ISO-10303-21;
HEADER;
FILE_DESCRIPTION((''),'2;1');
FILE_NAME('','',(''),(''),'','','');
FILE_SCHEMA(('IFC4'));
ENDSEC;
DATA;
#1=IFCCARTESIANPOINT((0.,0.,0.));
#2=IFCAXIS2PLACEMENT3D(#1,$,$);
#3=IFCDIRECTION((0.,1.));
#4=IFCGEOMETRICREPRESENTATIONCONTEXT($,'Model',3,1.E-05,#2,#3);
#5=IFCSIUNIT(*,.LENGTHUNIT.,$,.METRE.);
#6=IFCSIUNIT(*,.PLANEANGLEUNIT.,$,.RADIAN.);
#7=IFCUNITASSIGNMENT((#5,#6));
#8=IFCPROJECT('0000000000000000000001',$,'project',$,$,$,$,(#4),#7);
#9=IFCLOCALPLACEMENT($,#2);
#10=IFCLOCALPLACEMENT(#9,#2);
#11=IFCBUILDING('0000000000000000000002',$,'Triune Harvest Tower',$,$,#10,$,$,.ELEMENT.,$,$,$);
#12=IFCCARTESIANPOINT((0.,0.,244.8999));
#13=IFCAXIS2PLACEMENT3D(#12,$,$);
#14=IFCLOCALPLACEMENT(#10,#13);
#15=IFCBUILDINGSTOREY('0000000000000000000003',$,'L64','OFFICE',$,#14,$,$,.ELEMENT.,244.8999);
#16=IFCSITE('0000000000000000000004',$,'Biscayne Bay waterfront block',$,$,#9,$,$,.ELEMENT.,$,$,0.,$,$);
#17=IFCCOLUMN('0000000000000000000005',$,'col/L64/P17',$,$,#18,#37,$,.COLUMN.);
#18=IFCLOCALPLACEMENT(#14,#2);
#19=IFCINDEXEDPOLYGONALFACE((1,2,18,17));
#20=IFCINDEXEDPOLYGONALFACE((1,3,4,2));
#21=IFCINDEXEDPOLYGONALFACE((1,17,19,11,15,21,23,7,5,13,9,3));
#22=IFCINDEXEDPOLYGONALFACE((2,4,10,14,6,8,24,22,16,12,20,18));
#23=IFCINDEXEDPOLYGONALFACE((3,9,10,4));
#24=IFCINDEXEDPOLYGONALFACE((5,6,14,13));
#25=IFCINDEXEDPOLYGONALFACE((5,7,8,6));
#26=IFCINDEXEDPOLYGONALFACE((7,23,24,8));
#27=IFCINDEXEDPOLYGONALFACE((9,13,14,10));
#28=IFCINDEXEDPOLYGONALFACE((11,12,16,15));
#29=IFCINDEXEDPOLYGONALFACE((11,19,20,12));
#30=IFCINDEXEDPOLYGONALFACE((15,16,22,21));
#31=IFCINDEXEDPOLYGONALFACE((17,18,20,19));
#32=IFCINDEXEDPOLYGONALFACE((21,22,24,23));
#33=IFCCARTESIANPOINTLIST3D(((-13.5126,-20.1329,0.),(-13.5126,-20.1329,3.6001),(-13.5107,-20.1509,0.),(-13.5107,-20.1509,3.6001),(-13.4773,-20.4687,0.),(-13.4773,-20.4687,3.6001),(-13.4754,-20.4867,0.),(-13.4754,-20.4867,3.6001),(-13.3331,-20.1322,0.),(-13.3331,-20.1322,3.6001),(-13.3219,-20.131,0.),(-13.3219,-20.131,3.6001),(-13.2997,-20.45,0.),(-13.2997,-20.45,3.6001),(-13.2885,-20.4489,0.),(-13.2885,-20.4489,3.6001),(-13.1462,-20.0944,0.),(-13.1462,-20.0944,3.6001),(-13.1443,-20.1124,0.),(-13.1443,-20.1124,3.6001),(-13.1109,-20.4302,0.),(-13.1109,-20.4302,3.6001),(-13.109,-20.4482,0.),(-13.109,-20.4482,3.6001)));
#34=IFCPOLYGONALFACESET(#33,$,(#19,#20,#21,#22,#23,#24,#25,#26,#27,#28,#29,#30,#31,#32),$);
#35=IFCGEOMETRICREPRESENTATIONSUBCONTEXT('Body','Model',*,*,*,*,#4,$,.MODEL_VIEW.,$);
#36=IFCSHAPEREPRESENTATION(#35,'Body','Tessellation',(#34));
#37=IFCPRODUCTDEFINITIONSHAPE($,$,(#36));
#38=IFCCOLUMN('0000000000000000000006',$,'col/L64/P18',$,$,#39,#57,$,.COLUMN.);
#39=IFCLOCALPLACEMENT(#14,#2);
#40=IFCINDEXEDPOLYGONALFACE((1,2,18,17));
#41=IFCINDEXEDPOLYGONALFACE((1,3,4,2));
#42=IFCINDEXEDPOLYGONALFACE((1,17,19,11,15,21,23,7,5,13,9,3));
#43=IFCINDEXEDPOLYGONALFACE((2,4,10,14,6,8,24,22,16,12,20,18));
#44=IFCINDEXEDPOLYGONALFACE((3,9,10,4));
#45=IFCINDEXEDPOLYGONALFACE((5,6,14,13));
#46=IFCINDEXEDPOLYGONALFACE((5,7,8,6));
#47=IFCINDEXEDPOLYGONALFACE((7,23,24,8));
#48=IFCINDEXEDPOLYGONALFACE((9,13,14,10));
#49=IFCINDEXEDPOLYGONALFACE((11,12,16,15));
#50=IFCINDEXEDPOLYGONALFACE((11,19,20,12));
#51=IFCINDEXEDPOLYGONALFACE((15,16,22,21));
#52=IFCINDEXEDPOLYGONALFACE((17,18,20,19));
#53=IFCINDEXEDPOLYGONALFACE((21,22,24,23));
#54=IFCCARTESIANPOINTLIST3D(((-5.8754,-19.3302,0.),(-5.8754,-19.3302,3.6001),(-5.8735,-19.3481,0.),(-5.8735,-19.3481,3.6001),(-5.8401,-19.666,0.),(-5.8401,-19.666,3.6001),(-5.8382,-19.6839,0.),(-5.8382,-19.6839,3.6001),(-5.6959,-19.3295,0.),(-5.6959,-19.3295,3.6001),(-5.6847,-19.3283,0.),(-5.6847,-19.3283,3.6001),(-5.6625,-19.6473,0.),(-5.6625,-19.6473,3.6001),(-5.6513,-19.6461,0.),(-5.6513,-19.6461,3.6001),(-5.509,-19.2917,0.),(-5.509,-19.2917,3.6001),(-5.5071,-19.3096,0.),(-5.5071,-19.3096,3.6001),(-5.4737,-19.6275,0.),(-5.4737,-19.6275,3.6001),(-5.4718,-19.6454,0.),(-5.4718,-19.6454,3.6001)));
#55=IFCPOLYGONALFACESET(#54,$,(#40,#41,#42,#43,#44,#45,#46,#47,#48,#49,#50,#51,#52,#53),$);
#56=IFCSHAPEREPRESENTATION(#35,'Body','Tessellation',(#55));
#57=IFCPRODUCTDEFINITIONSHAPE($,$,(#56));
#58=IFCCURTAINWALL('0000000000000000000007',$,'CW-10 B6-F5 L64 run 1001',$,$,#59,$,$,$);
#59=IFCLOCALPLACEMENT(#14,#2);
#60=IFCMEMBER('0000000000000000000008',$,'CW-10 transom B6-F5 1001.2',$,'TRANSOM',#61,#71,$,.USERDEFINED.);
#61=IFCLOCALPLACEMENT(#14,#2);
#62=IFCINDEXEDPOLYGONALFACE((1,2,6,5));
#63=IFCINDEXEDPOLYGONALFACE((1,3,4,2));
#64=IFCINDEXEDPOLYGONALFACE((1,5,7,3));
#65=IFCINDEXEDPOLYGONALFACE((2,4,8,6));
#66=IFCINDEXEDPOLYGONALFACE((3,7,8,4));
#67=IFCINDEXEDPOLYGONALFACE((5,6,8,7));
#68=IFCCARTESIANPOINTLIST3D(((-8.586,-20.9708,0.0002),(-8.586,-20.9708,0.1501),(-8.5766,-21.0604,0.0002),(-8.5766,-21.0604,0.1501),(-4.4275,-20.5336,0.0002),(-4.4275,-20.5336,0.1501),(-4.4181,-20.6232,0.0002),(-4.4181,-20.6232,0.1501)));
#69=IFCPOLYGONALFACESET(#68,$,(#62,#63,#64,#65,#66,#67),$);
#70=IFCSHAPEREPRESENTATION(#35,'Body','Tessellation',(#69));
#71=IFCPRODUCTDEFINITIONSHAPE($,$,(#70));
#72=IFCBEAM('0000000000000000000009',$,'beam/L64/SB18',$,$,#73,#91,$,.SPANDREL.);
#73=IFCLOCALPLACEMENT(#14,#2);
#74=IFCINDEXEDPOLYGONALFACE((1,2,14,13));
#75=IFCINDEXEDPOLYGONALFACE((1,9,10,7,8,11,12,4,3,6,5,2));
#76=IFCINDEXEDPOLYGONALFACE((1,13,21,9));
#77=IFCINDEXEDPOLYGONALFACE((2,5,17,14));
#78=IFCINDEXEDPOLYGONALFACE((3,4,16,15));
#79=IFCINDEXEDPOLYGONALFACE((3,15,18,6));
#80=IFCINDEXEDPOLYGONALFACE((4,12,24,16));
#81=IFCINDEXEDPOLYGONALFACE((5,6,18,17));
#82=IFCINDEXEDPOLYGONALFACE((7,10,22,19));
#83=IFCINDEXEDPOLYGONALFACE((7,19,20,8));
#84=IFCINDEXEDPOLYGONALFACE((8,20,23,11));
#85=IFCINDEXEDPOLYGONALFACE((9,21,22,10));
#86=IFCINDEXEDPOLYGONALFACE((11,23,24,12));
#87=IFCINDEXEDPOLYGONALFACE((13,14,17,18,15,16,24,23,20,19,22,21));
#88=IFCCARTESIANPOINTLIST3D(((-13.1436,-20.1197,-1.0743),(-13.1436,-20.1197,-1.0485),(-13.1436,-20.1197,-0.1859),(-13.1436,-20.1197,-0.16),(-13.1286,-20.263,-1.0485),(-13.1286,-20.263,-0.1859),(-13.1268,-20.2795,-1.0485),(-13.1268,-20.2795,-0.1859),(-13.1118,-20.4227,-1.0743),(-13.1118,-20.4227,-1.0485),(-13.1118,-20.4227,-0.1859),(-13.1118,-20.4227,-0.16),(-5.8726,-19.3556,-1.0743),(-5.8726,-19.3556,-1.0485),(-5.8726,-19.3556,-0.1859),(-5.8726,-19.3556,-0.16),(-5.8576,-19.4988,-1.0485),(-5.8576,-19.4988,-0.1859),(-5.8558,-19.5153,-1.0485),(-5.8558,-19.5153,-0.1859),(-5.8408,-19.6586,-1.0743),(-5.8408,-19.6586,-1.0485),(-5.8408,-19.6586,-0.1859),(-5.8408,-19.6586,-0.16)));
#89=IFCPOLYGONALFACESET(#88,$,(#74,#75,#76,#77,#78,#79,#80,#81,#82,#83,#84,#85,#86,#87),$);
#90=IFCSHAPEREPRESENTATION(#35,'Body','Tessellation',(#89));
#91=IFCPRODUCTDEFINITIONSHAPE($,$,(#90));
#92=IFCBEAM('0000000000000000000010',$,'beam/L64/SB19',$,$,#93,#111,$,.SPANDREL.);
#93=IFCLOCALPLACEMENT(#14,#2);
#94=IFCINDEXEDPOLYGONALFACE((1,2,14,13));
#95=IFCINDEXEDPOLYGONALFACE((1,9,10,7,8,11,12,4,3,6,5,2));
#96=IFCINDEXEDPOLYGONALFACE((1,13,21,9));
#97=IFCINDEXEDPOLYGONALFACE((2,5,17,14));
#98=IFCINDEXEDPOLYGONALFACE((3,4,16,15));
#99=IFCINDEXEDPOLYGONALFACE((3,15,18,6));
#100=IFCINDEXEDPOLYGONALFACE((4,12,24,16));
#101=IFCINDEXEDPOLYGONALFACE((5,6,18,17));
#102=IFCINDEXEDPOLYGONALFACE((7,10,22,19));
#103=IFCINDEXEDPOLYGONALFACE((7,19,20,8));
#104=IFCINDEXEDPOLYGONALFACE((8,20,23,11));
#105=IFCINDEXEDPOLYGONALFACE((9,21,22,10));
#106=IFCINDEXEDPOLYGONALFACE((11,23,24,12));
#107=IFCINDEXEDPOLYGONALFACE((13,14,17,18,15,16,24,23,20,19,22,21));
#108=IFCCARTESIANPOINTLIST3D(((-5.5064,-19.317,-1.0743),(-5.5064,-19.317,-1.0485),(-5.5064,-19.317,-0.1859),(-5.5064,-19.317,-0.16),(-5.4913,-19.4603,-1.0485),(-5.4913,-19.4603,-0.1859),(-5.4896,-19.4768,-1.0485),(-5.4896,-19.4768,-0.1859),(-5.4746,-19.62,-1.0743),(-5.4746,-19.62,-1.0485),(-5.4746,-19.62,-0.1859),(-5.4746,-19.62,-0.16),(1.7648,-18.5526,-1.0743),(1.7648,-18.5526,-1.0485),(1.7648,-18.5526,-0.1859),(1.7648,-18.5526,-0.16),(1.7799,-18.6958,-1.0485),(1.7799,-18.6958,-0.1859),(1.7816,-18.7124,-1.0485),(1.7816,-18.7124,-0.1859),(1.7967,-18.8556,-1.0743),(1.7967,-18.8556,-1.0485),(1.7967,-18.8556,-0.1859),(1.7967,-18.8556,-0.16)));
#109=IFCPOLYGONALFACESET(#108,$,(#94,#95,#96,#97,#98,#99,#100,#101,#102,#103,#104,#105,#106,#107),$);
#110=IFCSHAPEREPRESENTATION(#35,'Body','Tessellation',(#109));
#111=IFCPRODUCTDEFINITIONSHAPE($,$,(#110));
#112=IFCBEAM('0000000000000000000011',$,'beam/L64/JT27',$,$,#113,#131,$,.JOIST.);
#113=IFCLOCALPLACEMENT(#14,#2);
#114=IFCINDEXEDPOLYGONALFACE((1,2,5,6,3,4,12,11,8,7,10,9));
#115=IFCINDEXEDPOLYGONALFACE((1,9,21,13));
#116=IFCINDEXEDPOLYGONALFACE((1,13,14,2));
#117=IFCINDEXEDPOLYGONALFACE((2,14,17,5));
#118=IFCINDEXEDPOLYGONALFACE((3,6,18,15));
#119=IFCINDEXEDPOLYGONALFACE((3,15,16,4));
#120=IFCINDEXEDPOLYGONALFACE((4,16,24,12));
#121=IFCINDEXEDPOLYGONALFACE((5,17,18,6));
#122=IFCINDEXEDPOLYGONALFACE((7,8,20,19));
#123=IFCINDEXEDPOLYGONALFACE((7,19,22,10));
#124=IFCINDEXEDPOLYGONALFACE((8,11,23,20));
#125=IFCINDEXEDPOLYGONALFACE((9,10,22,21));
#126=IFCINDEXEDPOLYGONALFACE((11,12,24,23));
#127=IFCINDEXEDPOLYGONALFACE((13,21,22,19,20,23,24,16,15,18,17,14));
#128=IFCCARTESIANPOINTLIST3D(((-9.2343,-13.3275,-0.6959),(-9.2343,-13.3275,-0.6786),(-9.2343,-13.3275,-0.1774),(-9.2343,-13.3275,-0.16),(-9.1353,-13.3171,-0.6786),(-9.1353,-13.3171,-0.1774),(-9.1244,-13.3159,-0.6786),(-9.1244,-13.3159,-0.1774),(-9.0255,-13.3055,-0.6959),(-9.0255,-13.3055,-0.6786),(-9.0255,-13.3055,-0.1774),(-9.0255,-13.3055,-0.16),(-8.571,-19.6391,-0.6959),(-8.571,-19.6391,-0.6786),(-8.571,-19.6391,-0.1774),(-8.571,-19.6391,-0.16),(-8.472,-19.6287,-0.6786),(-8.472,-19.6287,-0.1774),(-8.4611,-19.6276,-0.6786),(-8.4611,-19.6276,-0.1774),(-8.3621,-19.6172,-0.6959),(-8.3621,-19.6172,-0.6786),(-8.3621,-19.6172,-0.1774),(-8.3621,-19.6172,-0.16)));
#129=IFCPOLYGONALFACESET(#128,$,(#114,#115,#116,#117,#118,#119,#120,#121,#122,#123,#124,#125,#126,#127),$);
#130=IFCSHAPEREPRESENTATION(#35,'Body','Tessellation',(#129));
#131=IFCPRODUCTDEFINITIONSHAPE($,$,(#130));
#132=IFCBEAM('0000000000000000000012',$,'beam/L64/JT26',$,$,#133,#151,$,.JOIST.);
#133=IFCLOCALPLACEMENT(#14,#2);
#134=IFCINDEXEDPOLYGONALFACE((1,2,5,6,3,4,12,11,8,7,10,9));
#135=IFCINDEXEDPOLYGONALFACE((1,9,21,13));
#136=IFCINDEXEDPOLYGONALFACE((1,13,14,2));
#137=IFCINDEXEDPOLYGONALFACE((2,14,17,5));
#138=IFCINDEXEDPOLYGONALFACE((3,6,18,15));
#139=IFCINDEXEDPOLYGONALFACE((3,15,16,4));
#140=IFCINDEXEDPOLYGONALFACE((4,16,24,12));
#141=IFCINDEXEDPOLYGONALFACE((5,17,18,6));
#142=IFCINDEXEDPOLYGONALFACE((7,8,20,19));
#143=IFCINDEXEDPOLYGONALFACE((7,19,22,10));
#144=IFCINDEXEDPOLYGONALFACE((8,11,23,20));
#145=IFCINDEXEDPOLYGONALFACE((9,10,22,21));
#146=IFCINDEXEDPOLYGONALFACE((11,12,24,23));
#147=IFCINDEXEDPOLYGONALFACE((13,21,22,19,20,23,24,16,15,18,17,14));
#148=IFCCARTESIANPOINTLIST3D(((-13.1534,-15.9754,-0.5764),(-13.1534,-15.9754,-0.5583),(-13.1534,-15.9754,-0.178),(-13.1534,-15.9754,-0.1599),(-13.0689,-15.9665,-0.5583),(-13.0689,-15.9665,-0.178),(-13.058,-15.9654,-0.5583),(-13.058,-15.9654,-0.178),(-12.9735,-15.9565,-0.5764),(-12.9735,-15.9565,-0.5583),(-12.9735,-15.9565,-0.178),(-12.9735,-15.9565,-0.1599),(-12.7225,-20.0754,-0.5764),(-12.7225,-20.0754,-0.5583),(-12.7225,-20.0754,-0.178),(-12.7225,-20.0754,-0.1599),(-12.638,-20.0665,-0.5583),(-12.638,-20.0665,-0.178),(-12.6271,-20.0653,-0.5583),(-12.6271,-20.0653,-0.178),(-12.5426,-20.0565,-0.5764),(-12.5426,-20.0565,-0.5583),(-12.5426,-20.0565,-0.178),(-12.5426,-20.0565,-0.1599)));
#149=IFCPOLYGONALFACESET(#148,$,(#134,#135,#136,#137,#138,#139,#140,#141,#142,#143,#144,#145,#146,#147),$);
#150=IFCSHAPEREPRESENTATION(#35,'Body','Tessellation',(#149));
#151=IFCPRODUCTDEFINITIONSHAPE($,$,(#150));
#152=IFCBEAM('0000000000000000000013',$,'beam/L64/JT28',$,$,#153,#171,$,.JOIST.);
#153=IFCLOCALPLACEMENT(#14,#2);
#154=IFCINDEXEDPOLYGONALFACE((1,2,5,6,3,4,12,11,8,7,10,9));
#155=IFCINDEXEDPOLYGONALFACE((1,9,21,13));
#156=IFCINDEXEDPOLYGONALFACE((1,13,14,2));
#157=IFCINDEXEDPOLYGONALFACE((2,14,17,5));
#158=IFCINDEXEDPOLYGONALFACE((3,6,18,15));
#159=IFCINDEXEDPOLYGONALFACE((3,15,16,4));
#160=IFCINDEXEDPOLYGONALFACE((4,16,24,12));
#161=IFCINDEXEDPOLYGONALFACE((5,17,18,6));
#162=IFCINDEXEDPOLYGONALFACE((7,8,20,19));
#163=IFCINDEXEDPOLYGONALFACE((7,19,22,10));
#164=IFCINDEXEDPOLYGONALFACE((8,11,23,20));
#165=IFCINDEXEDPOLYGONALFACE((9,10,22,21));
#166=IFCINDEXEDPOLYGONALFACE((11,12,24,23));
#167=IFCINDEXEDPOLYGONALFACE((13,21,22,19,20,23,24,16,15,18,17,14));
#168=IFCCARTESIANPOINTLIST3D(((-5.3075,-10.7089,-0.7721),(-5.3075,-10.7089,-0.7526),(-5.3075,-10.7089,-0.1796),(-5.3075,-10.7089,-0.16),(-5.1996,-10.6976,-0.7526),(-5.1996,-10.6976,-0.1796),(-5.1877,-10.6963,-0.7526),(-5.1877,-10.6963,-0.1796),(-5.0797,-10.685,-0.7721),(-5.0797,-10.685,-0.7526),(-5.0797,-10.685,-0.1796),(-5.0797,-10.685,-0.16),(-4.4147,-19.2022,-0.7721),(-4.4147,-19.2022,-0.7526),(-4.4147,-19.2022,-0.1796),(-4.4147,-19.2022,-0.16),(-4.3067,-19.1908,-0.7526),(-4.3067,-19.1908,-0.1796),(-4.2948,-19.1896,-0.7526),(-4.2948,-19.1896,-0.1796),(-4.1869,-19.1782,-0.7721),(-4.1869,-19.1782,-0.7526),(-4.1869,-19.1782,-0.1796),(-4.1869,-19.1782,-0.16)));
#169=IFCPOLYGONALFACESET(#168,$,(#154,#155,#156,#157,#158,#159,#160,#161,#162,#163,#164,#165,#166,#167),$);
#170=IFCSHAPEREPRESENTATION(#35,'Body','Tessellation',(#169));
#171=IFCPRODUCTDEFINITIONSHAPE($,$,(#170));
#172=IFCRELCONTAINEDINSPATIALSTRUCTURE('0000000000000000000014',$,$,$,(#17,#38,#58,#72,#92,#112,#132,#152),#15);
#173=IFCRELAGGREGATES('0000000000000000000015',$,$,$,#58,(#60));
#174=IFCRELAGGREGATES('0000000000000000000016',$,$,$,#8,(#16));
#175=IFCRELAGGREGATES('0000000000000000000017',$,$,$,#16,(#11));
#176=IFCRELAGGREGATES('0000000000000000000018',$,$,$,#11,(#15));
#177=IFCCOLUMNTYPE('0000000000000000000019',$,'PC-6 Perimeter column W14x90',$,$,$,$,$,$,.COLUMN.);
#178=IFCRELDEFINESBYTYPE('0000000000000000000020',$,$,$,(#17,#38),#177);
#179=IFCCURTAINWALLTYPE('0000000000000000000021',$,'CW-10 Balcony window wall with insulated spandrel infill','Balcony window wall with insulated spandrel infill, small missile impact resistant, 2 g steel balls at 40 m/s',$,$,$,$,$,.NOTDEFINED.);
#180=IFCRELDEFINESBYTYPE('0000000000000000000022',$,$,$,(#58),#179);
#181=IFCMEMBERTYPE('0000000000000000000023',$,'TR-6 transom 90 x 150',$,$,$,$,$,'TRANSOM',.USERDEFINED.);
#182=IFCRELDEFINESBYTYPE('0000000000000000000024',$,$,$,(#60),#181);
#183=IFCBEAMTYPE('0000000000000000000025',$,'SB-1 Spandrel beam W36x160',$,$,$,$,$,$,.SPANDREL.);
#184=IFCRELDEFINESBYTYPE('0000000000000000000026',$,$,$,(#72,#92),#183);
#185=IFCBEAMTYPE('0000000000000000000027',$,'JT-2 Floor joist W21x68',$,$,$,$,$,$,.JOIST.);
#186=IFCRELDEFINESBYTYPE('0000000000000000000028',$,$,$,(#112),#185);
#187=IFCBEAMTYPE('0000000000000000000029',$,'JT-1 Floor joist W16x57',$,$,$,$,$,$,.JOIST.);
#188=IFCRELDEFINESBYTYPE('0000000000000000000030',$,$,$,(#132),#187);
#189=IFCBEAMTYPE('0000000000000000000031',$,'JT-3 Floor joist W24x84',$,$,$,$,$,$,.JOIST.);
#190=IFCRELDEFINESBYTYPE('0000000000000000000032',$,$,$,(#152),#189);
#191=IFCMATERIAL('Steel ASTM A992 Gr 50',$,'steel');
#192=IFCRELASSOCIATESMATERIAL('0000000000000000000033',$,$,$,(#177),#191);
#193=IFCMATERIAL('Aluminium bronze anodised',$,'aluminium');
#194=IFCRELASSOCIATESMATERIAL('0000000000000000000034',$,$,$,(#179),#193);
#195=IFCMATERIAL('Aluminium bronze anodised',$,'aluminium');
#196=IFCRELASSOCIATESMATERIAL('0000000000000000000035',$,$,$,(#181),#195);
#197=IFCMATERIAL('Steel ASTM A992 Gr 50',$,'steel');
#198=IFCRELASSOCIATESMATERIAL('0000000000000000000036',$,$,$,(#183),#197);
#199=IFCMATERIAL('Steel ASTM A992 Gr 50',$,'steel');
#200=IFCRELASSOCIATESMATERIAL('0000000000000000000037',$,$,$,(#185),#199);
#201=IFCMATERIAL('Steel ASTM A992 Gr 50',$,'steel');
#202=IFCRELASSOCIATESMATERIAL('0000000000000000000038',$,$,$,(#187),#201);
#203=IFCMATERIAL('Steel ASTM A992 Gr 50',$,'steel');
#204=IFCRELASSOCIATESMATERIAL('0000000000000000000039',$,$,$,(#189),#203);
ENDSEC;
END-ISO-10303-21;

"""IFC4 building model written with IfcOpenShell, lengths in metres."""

from ifc_helpers import new_model, si_unit, direction, frame, origin, origin_2d, place, context, subcontext, project, spatial, rectangle, i_section, extrude, source, transform, mapped, material, material_profile, profile_set, type_object, element, aggregate, save


model = new_model("IFC4")

# Units and contexts
model_context = context("Model", 3, precision=1e-05, world=origin(), true_north=direction((0.0, 1.0)))
body_context = subcontext(model_context, "Body", "Model", "MODEL_VIEW")
ifc_project = project(units=[si_unit("LENGTHUNIT", "METRE"), si_unit("PLANEANGLEUNIT", "RADIAN")], contexts=[model_context])

# Site, building, storey
site_placement = place(None, origin())
site = spatial("IfcSite", under=ifc_project, at=site_placement, Name="Biscayne Bay waterfront block", CompositionType="ELEMENT", RefElevation=0.0)
building_placement = place(site_placement, origin())
building = spatial("IfcBuilding", under=site, at=building_placement, Name="Triune Harvest Tower", CompositionType="ELEMENT")
storey_placement = place(building_placement, frame((0.0, 0.0, 244.8999)))
storey = spatial("IfcBuildingStorey", under=building, at=storey_placement, Name="L64", Description="OFFICE", CompositionType="ELEMENT", Elevation=244.8999)

# Columns
ifc_material_1 = material(Name="Steel ASTM A992 Gr 50", Category="steel")
ifc_material_profile_1 = material_profile(ifc_material_1, i_section(OverallWidth=0.3684, OverallDepth=0.3557, WebThickness=0.0112, FlangeThickness=0.0181, at=origin_2d()), Name="W14x90")
ifc_profile_set_1 = profile_set([ifc_material_profile_1], Name="Steel ASTM A992 Gr 50")
column_type = type_object("IfcColumnType", Name="PC-6 Perimeter column W14x90", PredefinedType="COLUMN", material=ifc_profile_set_1)
shared_shape_1 = source(origin(), body_context, "Body", "SweptSolid", [
    extrude(i_section(OverallWidth=0.3684, OverallDepth=0.3557, WebThickness=0.0112, FlangeThickness=0.0181, at=origin_2d()), origin(), (0.0, 0.0, 1.0), 3.6001),
])
for number, where, z_axis, x_axis, name in (
    (1, (-13.3108, -20.2905, 0.0), (0.0, 0.0, 1.0), (0.994522, 0.10453, 0.0), "col/L64/P17"),
    (2, (-5.6736, -19.4878, 0.0), (0.0, 0.0, 1.0), (0.994522, 0.10453, 0.0), "col/L64/P18"),
):
    element("IfcColumn", number, at=place(storey_placement, frame(where, z_axis=z_axis, x_axis=x_axis)), inside=storey, type_object=column_type, Name=name, PredefinedType="COLUMN", context=body_context, shape_type="MappedRepresentation", body=[
        mapped(shared_shape_1, transform((0.0, 0.0, 0.0), scale=1.0)),
    ])

# Curtain wall, member
ifc_material_2 = material(Name="Aluminium bronze anodised", Category="aluminium")
curtain_wall_type_1 = type_object("IfcCurtainWallType", Name="CW-10 Balcony window wall with insulated spandrel infill", Description="Balcony window wall with insulated spandrel infill, small missile impact resistant, 2 g steel balls at 40 m/s", PredefinedType="NOTDEFINED", material=ifc_material_2)
curtain_wall_1_placement = place(storey_placement, origin())
curtain_wall_1 = element("IfcCurtainWall", 3, at=curtain_wall_1_placement, inside=storey, type_object=curtain_wall_type_1, Name="CW-10 B6-F5 L64 run 1001")
ifc_material_3 = material(Name="Aluminium bronze anodised", Category="aluminium")
ifc_material_profile_2 = material_profile(ifc_material_3, rectangle(XDim=0.0901, YDim=0.1499, at=origin_2d()), Name="TR-6 transom 90 x 150")
ifc_profile_set_2 = profile_set([ifc_material_profile_2], Name="Aluminium bronze anodised")
member_type_1 = type_object("IfcMemberType", Name="TR-6 transom 90 x 150", ElementType="TRANSOM", PredefinedType="USERDEFINED", material=ifc_profile_set_2)
member_1_placement = place(storey_placement, frame((-8.5813, -21.0156, 0.0752), z_axis=(0.994517, 0.104572, 0.0), x_axis=(-0.104572, 0.994517, 0.0)))
member_1 = element("IfcMember", 4, at=member_1_placement, type_object=member_type_1, Name="CW-10 transom B6-F5 1001.2", ObjectType="TRANSOM", PredefinedType="USERDEFINED", context=body_context, shape_type="SweptSolid", body=[
    extrude(rectangle(XDim=0.0901, YDim=0.1499, at=origin_2d()), origin(), (0.0, 0.0, 1.0), 4.1814),
])

# Beams
ifc_material_4 = material(Name="Steel ASTM A992 Gr 50", Category="steel")
ifc_material_profile_3 = material_profile(ifc_material_4, i_section(OverallWidth=0.3047, OverallDepth=0.9143, WebThickness=0.0166, FlangeThickness=0.0259, at=origin_2d()), Name="W36x160")
ifc_profile_set_3 = profile_set([ifc_material_profile_3], Name="Steel ASTM A992 Gr 50")
beam_type_1 = type_object("IfcBeamType", Name="SB-1 Spandrel beam W36x160", PredefinedType="SPANDREL", material=ifc_profile_set_3)
shared_shape_2 = source(origin(), body_context, "Body", "SweptSolid", [
    extrude(i_section(OverallWidth=0.3047, OverallDepth=0.9143, WebThickness=0.0166, FlangeThickness=0.0259, at=origin_2d()), origin(), (0.0, 0.0, 1.0), 7.311),
])
beam_1_placement = place(storey_placement, frame((-13.1277, -20.2712, -0.6172), z_axis=(0.994523, 0.104521, 0.0), x_axis=(-0.104521, 0.994523, 0.0)))
element("IfcBeam", 5, at=beam_1_placement, inside=storey, type_object=beam_type_1, Name="beam/L64/SB18", PredefinedType="SPANDREL", context=body_context, shape_type="MappedRepresentation", body=[
    mapped(shared_shape_2, transform((0.0, 0.0, 0.0), scale=1.0)),
])
shared_shape_3 = source(origin(), body_context, "Body", "SweptSolid", [
    extrude(i_section(OverallWidth=0.3047, OverallDepth=0.9143, WebThickness=0.0166, FlangeThickness=0.0259, at=origin_2d()), origin(), (0.0, 0.0, 1.0), 7.3113),
])
beam_2_placement = place(storey_placement, frame((-5.4905, -19.4685, -0.6172), z_axis=(0.99452, 0.104551, 0.0), x_axis=(-0.104551, 0.99452, 0.0)))
element("IfcBeam", 6, at=beam_2_placement, inside=storey, type_object=beam_type_1, Name="beam/L64/SB19", PredefinedType="SPANDREL", context=body_context, shape_type="MappedRepresentation", body=[
    mapped(shared_shape_3, transform((0.0, 0.0, 0.0), scale=1.0)),
])
ifc_material_5 = material(Name="Steel ASTM A992 Gr 50", Category="steel")
ifc_material_profile_4 = material_profile(ifc_material_5, i_section(OverallWidth=0.21, OverallDepth=0.5359, WebThickness=0.011, FlangeThickness=0.0173, at=origin_2d()), Name="W21x68")
ifc_profile_set_4 = profile_set([ifc_material_profile_4], Name="Steel ASTM A992 Gr 50")
beam_type_2 = type_object("IfcBeamType", Name="JT-2 Floor joist W21x68", PredefinedType="JOIST", material=ifc_profile_set_4)
shared_shape_4 = source(origin(), body_context, "Body", "SweptSolid", [
    extrude(i_section(OverallWidth=0.21, OverallDepth=0.5359, WebThickness=0.011, FlangeThickness=0.0173, at=origin_2d()), origin(), (0.0, 0.0, 1.0), 6.3464),
])
beam_3_placement = place(storey_placement, frame((-8.4666, -19.6282, -0.428), z_axis=(-0.104519, 0.994523, 0.0), x_axis=(-0.994523, -0.104519, 0.0)))
element("IfcBeam", 7, at=beam_3_placement, inside=storey, type_object=beam_type_2, Name="beam/L64/JT27", PredefinedType="JOIST", context=body_context, shape_type="MappedRepresentation", body=[
    mapped(shared_shape_4, transform((0.0, 0.0, 0.0), scale=1.0)),
])
ifc_material_6 = material(Name="Steel ASTM A992 Gr 50", Category="steel")
ifc_material_profile_5 = material_profile(ifc_material_6, i_section(OverallWidth=0.1809, OverallDepth=0.4165, WebThickness=0.011, FlangeThickness=0.0181, at=origin_2d()), Name="W16x57")
ifc_profile_set_5 = profile_set([ifc_material_profile_5], Name="Steel ASTM A992 Gr 50")
beam_type_3 = type_object("IfcBeamType", Name="JT-1 Floor joist W16x57", PredefinedType="JOIST", material=ifc_profile_set_5)
shared_shape_5 = source(origin(), body_context, "Body", "SweptSolid", [
    extrude(i_section(OverallWidth=0.1809, OverallDepth=0.4165, WebThickness=0.011, FlangeThickness=0.0181, at=origin_2d()), origin(), (0.0, 0.0, 1.0), 4.1226),
])
beam_4_placement = place(storey_placement, frame((-12.6326, -20.0659, -0.3682), z_axis=(-0.104521, 0.994523, 0.0), x_axis=(-0.994523, -0.104521, 0.0)))
element("IfcBeam", 8, at=beam_4_placement, inside=storey, type_object=beam_type_3, Name="beam/L64/JT26", PredefinedType="JOIST", context=body_context, shape_type="MappedRepresentation", body=[
    mapped(shared_shape_5, transform((0.0, 0.0, 0.0), scale=1.0)),
])
ifc_material_7 = material(Name="Steel ASTM A992 Gr 50", Category="steel")
ifc_material_profile_6 = material_profile(ifc_material_7, i_section(OverallWidth=0.229, OverallDepth=0.6121, WebThickness=0.012, FlangeThickness=0.0195, at=origin_2d()), Name="W24x84")
ifc_profile_set_6 = profile_set([ifc_material_profile_6], Name="Steel ASTM A992 Gr 50")
beam_type_4 = type_object("IfcBeamType", Name="JT-3 Floor joist W24x84", PredefinedType="JOIST", material=ifc_profile_set_6)
shared_shape_6 = source(origin(), body_context, "Body", "SweptSolid", [
    extrude(i_section(OverallWidth=0.229, OverallDepth=0.6121, WebThickness=0.012, FlangeThickness=0.0195, at=origin_2d()), origin(), (0.0, 0.0, 1.0), 8.54),
])
beam_5_placement = place(storey_placement, frame((-4.3008, -19.1902, -0.4661), z_axis=(-0.104546, 0.99452, 0.0), x_axis=(-0.99452, -0.104546, 0.0)))
element("IfcBeam", 9, at=beam_5_placement, inside=storey, type_object=beam_type_4, Name="beam/L64/JT28", PredefinedType="JOIST", context=body_context, shape_type="MappedRepresentation", body=[
    mapped(shared_shape_6, transform((0.0, 0.0, 0.0), scale=1.0)),
])

aggregate(curtain_wall_1, [member_1])

save(model, "model.ifc")
